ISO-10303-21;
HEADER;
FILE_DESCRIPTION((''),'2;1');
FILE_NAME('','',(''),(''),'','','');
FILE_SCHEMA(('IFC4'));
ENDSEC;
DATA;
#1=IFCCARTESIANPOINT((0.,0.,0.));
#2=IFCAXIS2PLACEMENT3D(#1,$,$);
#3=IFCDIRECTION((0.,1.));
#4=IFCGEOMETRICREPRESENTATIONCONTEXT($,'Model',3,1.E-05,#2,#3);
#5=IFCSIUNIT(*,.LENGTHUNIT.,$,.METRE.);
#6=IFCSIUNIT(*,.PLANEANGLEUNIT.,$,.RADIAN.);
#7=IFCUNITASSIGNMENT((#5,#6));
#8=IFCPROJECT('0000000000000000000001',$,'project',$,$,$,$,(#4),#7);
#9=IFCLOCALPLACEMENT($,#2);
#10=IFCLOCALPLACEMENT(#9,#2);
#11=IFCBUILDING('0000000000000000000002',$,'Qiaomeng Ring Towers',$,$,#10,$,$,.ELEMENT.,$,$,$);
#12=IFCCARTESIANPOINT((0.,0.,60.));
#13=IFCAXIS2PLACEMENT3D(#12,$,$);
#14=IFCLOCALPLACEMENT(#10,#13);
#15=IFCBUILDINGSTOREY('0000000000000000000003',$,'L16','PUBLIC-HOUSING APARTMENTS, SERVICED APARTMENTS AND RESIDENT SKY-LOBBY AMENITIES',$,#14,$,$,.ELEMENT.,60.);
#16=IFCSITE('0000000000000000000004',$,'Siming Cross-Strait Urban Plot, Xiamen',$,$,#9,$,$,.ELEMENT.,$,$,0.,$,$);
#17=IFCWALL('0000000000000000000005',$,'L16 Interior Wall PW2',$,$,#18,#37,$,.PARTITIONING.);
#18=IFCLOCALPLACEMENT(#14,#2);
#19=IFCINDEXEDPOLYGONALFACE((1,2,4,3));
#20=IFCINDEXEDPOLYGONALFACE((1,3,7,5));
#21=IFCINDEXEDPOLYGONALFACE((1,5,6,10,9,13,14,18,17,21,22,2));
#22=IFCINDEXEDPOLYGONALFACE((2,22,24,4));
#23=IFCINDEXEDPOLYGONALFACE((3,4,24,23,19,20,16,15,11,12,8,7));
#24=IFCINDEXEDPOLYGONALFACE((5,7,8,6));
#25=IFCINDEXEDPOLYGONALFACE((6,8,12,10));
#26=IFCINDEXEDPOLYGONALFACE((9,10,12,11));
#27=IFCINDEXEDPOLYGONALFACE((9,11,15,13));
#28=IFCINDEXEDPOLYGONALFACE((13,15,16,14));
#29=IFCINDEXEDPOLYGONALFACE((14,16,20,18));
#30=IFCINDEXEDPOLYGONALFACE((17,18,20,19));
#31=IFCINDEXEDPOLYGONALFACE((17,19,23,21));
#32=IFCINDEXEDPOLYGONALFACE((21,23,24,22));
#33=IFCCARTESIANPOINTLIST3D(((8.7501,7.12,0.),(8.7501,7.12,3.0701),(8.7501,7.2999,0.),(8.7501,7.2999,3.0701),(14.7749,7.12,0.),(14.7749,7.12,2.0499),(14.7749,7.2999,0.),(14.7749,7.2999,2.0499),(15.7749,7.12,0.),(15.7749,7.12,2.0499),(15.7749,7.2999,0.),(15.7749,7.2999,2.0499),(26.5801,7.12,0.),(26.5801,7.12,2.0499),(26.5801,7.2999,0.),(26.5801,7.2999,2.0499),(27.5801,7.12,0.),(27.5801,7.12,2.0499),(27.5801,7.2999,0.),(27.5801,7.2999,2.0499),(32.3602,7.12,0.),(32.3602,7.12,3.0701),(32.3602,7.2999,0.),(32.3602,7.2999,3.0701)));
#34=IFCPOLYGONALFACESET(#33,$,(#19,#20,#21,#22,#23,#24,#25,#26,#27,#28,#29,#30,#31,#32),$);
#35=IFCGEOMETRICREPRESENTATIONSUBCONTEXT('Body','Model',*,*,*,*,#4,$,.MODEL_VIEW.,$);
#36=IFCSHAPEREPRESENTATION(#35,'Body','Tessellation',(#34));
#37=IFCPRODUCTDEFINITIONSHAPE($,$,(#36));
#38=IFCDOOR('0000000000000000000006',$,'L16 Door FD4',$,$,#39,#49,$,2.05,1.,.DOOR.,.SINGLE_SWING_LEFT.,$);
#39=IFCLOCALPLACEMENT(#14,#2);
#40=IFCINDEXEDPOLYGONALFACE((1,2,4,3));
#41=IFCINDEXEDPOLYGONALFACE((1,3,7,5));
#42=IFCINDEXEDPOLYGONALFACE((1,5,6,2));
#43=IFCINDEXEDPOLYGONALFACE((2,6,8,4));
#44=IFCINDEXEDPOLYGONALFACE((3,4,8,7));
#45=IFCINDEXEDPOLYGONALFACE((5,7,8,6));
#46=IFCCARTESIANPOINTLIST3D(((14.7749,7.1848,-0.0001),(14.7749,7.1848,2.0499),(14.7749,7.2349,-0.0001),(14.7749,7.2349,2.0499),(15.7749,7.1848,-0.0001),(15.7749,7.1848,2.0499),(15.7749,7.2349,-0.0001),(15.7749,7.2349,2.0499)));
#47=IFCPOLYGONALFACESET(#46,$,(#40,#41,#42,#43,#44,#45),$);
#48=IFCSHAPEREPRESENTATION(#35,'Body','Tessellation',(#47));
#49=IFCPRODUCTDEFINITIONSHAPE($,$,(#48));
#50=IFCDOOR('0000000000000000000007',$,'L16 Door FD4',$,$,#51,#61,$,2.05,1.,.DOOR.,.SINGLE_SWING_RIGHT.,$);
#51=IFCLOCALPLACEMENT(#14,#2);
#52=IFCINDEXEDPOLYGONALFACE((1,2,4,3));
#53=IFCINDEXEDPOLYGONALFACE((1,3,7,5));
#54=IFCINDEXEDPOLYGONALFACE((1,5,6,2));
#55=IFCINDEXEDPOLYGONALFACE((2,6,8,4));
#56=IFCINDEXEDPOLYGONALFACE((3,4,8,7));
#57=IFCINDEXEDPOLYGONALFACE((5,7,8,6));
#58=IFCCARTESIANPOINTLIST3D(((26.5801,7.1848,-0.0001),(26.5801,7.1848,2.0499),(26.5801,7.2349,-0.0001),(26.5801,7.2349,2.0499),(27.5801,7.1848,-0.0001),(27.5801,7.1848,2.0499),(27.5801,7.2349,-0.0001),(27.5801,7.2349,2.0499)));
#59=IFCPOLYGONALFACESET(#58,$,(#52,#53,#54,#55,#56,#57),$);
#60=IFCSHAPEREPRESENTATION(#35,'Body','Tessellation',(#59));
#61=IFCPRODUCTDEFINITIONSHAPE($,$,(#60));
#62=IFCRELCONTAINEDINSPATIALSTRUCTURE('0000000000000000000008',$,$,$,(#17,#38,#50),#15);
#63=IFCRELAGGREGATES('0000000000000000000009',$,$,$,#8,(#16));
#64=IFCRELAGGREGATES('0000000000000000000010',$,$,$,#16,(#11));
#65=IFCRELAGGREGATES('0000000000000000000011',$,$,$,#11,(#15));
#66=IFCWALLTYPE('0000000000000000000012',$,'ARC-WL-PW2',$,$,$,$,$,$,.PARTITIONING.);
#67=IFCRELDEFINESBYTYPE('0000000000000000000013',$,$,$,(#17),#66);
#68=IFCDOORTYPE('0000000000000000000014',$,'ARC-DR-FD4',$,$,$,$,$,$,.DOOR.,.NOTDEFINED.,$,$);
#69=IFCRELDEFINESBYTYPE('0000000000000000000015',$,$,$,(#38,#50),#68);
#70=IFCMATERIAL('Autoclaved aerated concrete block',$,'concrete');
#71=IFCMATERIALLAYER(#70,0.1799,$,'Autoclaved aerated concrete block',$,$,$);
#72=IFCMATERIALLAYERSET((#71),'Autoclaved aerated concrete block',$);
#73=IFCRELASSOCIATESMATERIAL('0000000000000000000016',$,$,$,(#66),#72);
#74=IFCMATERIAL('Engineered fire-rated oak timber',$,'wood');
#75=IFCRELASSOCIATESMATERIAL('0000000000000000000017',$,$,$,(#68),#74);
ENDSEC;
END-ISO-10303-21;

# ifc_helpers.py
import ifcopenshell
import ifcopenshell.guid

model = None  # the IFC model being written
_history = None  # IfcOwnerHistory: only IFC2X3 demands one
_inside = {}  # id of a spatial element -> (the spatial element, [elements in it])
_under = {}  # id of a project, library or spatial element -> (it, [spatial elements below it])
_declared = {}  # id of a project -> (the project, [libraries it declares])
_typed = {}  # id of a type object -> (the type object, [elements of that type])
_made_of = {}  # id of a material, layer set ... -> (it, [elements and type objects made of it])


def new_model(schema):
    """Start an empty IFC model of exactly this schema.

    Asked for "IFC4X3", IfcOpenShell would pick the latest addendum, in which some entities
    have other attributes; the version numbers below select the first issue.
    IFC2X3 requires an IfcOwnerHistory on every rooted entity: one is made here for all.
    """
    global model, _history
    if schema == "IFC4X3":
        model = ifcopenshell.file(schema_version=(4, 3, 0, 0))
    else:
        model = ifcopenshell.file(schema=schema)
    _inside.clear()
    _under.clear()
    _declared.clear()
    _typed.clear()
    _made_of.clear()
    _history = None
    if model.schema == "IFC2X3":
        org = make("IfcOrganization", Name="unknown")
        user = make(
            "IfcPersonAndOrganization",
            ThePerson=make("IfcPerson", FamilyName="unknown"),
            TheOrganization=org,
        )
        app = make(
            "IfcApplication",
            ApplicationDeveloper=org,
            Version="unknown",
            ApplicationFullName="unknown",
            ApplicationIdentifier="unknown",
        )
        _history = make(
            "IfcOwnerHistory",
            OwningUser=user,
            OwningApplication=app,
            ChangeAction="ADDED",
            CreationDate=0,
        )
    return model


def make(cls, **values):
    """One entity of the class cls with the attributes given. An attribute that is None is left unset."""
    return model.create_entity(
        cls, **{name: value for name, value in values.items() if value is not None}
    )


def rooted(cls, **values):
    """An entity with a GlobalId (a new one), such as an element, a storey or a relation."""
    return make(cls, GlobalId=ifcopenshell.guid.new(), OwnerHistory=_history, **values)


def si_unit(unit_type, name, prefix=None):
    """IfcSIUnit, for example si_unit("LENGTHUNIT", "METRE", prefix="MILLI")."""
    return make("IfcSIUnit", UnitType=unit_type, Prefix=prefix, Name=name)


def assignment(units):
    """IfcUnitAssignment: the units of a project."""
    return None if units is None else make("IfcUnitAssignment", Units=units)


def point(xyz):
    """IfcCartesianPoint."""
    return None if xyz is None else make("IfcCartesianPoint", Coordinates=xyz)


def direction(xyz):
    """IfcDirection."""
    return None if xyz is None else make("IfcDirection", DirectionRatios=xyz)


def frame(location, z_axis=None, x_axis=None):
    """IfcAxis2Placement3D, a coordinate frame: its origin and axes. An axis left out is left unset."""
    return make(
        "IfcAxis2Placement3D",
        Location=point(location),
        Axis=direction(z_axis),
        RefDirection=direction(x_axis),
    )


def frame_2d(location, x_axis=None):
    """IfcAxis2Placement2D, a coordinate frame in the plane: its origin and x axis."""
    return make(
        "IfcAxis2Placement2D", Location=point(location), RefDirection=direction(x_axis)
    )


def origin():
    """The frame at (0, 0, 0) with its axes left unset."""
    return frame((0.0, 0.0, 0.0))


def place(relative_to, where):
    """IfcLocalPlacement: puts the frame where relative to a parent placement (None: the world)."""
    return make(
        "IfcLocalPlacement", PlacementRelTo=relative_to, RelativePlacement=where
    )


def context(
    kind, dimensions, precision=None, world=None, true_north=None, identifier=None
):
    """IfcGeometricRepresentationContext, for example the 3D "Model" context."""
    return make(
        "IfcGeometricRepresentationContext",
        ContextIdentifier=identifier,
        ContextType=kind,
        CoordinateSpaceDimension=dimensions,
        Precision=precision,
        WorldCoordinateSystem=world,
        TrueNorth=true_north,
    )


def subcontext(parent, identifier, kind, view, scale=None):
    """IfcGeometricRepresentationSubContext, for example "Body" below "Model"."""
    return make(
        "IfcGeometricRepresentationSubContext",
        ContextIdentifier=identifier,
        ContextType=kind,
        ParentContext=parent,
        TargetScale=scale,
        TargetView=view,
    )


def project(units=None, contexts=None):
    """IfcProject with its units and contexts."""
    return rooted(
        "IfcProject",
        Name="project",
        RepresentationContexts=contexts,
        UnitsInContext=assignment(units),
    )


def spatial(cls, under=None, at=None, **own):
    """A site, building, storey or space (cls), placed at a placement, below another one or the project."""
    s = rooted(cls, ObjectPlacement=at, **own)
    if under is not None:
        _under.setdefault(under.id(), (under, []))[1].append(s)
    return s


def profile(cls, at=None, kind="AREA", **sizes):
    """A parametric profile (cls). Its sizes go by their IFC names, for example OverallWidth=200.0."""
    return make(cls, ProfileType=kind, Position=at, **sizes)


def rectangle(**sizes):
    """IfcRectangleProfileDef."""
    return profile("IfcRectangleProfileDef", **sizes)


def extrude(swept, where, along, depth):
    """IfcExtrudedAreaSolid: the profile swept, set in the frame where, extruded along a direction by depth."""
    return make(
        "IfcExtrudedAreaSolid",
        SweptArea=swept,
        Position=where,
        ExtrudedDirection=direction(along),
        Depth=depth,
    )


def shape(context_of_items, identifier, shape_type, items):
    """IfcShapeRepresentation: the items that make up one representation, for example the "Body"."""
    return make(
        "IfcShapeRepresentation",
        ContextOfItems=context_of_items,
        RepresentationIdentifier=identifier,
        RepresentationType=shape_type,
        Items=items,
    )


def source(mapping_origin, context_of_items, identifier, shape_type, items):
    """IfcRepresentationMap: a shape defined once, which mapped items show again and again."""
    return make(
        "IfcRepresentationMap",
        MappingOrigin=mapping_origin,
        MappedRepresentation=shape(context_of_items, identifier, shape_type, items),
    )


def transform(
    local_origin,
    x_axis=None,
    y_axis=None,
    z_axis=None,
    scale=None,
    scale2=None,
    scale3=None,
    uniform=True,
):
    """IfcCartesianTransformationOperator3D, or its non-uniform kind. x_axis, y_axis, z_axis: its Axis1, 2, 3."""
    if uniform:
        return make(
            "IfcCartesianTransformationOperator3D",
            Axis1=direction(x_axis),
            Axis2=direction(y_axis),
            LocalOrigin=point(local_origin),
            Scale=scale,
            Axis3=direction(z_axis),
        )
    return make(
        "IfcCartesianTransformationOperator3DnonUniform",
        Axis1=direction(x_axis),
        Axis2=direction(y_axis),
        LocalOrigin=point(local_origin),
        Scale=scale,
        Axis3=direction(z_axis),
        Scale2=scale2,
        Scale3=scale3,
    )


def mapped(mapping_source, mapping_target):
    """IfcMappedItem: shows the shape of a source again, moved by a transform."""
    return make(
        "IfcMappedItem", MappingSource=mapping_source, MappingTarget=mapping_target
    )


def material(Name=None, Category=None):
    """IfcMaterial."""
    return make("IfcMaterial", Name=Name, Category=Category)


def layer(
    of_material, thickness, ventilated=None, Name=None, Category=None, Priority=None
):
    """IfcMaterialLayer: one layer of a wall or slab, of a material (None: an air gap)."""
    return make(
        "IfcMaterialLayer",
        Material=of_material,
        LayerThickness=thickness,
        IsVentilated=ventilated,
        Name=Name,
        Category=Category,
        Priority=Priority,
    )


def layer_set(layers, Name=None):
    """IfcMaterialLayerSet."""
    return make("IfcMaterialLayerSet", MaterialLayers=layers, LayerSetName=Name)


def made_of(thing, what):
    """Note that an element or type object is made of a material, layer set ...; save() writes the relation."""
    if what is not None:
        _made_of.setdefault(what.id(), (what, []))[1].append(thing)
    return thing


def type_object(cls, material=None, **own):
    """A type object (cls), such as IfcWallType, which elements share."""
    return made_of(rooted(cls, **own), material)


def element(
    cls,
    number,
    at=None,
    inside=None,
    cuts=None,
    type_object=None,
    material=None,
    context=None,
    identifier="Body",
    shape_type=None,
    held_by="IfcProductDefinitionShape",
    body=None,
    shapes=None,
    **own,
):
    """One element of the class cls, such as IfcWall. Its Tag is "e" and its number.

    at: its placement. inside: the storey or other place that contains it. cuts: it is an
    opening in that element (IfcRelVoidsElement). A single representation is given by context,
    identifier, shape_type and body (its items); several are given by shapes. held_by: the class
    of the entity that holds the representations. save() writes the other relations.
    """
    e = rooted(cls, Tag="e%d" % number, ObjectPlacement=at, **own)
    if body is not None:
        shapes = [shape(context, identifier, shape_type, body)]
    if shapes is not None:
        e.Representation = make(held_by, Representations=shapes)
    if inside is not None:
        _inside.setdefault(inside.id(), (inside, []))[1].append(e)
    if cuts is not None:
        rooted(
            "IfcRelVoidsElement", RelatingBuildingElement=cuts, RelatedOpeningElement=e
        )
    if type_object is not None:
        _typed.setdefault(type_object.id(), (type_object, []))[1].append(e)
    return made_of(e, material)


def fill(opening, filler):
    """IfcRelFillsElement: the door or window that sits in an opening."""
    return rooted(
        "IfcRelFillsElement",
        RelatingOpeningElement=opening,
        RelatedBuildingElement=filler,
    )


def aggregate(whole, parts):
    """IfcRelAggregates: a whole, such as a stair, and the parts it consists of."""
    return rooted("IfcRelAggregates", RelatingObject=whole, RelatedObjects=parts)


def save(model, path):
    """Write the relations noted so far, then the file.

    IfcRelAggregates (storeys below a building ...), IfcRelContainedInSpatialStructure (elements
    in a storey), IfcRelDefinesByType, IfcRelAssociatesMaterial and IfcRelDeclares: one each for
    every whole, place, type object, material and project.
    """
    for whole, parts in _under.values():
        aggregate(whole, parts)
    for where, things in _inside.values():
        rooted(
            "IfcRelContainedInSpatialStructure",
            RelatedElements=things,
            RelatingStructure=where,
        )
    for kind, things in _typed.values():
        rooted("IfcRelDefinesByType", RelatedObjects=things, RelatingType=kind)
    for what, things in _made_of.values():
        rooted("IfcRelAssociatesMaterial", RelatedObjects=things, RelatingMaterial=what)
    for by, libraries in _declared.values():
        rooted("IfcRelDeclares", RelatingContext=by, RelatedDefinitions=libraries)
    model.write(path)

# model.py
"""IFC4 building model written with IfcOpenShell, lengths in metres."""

from ifc_helpers import new_model, si_unit, direction, frame, frame_2d, origin, place, context, subcontext, project, spatial, rectangle, extrude, source, transform, mapped, material, layer, layer_set, type_object, element, fill, save


model = new_model("IFC4")

# Units and contexts
model_context = context("Model", 3, precision=1e-05, world=origin(), true_north=direction((0.0, 1.0)))
body_context = subcontext(model_context, "Body", "Model", "MODEL_VIEW")
ifc_project = project(units=[si_unit("LENGTHUNIT", "METRE"), si_unit("PLANEANGLEUNIT", "RADIAN")], contexts=[model_context])

# Site, building, storey
site_placement = place(None, origin())
site = spatial("IfcSite", under=ifc_project, at=site_placement, Name="Siming Cross-Strait Urban Plot, Xiamen", CompositionType="ELEMENT", RefElevation=0.0)
building_placement = place(site_placement, origin())
building = spatial("IfcBuilding", under=site, at=building_placement, Name="Qiaomeng Ring Towers", CompositionType="ELEMENT")
storey_placement = place(building_placement, frame((0.0, 0.0, 60.0)))
storey = spatial("IfcBuildingStorey", under=building, at=storey_placement, Name="L16", Description="PUBLIC-HOUSING APARTMENTS, SERVICED APARTMENTS AND RESIDENT SKY-LOBBY AMENITIES", CompositionType="ELEMENT", Elevation=60.0)

# Wall, openings, doors
ifc_material_1 = material(Name="Autoclaved aerated concrete block", Category="concrete")
ifc_layer_1 = layer(ifc_material_1, 0.1799, Name="Autoclaved aerated concrete block")
ifc_layer_set_1 = layer_set([ifc_layer_1], Name="Autoclaved aerated concrete block")
wall_type_1 = type_object("IfcWallType", Name="ARC-WL-PW2", PredefinedType="PARTITIONING", material=ifc_layer_set_1)
wall_1_placement = place(storey_placement, frame((8.75, 7.21, 0.0), z_axis=(0.0, 0.0, 1.0), x_axis=(1.0, 0.0, 0.0)))
wall_1 = element("IfcWall", 1, at=wall_1_placement, inside=storey, type_object=wall_type_1, Name="L16 Interior Wall PW2", PredefinedType="PARTITIONING", context=body_context, shape_type="SweptSolid", body=[
    extrude(rectangle(XDim=23.6101, YDim=0.1799, at=frame_2d((11.8052, 0.0))), origin(), (0.0, 0.0, 1.0), 3.0701),
])
opening_1_placement = place(wall_1_placement, frame((6.0249, 0.0, 0.0)))
opening_1 = element("IfcOpeningElement", 2, at=opening_1_placement, cuts=wall_1, PredefinedType="OPENING", context=body_context, shape_type="SweptSolid", body=[
    extrude(rectangle(XDim=1.0, YDim=2.05, at=frame_2d((0.5, 1.0249))), frame((0.0, 0.0999, 0.0), z_axis=(0.0, -1.0, 0.0), x_axis=(1.0, 0.0, 0.0)), (0.0, 0.0, 1.0), 0.2),
])
opening_2_placement = place(wall_1_placement, frame((17.8301, 0.0, 0.0)))
opening_2 = element("IfcOpeningElement", 3, at=opening_2_placement, cuts=wall_1, PredefinedType="OPENING", context=body_context, shape_type="SweptSolid", body=[
    extrude(rectangle(XDim=1.0, YDim=2.05, at=frame_2d((0.5, 1.0249))), frame((0.0, 0.0999, 0.0), z_axis=(0.0, -1.0, 0.0), x_axis=(1.0, 0.0, 0.0)), (0.0, 0.0, 1.0), 0.2),
])
ifc_material_2 = material(Name="Engineered fire-rated oak timber", Category="wood")
door_type_1 = type_object("IfcDoorType", Name="ARC-DR-FD4", OperationType="NOTDEFINED", PredefinedType="DOOR", material=ifc_material_2)
shared_shape_1 = source(origin(), body_context, "Body", "SweptSolid", [
    extrude(rectangle(XDim=1.0, YDim=2.05, at=frame_2d((0.5, 1.0249))), frame((0.0, 0.0249, 0.0), z_axis=(0.0, -1.0, 0.0), x_axis=(1.0, 0.0, 0.0)), (0.0, 0.0, 1.0), 0.05),
])
door_1_placement = place(opening_1_placement, origin())
door_1 = element("IfcDoor", 4, at=door_1_placement, inside=storey, type_object=door_type_1, Name="L16 Door FD4", OperationType="SINGLE_SWING_LEFT", OverallHeight=2.05, OverallWidth=1.0, PredefinedType="DOOR", context=body_context, shape_type="MappedRepresentation", body=[
    mapped(shared_shape_1, transform((0.0, 0.0, 0.0), x_axis=(1.0, 0.0, 0.0), y_axis=(0.0, 1.0, 0.0), z_axis=(0.0, 0.0, 1.0), scale=1.0)),
])
fill(opening_1, door_1)
door_2_placement = place(opening_2_placement, origin())
door_2 = element("IfcDoor", 5, at=door_2_placement, inside=storey, type_object=door_type_1, Name="L16 Door FD4", OperationType="SINGLE_SWING_RIGHT", OverallHeight=2.05, OverallWidth=1.0, PredefinedType="DOOR", context=body_context, shape_type="MappedRepresentation", body=[
    mapped(shared_shape_1, transform((0.0, 0.0, 0.0), x_axis=(1.0, 0.0, 0.0), y_axis=(0.0, 1.0, 0.0), z_axis=(0.0, 0.0, 1.0), scale=1.0)),
])
fill(opening_2, door_2)

save(model, "model.ifc")
